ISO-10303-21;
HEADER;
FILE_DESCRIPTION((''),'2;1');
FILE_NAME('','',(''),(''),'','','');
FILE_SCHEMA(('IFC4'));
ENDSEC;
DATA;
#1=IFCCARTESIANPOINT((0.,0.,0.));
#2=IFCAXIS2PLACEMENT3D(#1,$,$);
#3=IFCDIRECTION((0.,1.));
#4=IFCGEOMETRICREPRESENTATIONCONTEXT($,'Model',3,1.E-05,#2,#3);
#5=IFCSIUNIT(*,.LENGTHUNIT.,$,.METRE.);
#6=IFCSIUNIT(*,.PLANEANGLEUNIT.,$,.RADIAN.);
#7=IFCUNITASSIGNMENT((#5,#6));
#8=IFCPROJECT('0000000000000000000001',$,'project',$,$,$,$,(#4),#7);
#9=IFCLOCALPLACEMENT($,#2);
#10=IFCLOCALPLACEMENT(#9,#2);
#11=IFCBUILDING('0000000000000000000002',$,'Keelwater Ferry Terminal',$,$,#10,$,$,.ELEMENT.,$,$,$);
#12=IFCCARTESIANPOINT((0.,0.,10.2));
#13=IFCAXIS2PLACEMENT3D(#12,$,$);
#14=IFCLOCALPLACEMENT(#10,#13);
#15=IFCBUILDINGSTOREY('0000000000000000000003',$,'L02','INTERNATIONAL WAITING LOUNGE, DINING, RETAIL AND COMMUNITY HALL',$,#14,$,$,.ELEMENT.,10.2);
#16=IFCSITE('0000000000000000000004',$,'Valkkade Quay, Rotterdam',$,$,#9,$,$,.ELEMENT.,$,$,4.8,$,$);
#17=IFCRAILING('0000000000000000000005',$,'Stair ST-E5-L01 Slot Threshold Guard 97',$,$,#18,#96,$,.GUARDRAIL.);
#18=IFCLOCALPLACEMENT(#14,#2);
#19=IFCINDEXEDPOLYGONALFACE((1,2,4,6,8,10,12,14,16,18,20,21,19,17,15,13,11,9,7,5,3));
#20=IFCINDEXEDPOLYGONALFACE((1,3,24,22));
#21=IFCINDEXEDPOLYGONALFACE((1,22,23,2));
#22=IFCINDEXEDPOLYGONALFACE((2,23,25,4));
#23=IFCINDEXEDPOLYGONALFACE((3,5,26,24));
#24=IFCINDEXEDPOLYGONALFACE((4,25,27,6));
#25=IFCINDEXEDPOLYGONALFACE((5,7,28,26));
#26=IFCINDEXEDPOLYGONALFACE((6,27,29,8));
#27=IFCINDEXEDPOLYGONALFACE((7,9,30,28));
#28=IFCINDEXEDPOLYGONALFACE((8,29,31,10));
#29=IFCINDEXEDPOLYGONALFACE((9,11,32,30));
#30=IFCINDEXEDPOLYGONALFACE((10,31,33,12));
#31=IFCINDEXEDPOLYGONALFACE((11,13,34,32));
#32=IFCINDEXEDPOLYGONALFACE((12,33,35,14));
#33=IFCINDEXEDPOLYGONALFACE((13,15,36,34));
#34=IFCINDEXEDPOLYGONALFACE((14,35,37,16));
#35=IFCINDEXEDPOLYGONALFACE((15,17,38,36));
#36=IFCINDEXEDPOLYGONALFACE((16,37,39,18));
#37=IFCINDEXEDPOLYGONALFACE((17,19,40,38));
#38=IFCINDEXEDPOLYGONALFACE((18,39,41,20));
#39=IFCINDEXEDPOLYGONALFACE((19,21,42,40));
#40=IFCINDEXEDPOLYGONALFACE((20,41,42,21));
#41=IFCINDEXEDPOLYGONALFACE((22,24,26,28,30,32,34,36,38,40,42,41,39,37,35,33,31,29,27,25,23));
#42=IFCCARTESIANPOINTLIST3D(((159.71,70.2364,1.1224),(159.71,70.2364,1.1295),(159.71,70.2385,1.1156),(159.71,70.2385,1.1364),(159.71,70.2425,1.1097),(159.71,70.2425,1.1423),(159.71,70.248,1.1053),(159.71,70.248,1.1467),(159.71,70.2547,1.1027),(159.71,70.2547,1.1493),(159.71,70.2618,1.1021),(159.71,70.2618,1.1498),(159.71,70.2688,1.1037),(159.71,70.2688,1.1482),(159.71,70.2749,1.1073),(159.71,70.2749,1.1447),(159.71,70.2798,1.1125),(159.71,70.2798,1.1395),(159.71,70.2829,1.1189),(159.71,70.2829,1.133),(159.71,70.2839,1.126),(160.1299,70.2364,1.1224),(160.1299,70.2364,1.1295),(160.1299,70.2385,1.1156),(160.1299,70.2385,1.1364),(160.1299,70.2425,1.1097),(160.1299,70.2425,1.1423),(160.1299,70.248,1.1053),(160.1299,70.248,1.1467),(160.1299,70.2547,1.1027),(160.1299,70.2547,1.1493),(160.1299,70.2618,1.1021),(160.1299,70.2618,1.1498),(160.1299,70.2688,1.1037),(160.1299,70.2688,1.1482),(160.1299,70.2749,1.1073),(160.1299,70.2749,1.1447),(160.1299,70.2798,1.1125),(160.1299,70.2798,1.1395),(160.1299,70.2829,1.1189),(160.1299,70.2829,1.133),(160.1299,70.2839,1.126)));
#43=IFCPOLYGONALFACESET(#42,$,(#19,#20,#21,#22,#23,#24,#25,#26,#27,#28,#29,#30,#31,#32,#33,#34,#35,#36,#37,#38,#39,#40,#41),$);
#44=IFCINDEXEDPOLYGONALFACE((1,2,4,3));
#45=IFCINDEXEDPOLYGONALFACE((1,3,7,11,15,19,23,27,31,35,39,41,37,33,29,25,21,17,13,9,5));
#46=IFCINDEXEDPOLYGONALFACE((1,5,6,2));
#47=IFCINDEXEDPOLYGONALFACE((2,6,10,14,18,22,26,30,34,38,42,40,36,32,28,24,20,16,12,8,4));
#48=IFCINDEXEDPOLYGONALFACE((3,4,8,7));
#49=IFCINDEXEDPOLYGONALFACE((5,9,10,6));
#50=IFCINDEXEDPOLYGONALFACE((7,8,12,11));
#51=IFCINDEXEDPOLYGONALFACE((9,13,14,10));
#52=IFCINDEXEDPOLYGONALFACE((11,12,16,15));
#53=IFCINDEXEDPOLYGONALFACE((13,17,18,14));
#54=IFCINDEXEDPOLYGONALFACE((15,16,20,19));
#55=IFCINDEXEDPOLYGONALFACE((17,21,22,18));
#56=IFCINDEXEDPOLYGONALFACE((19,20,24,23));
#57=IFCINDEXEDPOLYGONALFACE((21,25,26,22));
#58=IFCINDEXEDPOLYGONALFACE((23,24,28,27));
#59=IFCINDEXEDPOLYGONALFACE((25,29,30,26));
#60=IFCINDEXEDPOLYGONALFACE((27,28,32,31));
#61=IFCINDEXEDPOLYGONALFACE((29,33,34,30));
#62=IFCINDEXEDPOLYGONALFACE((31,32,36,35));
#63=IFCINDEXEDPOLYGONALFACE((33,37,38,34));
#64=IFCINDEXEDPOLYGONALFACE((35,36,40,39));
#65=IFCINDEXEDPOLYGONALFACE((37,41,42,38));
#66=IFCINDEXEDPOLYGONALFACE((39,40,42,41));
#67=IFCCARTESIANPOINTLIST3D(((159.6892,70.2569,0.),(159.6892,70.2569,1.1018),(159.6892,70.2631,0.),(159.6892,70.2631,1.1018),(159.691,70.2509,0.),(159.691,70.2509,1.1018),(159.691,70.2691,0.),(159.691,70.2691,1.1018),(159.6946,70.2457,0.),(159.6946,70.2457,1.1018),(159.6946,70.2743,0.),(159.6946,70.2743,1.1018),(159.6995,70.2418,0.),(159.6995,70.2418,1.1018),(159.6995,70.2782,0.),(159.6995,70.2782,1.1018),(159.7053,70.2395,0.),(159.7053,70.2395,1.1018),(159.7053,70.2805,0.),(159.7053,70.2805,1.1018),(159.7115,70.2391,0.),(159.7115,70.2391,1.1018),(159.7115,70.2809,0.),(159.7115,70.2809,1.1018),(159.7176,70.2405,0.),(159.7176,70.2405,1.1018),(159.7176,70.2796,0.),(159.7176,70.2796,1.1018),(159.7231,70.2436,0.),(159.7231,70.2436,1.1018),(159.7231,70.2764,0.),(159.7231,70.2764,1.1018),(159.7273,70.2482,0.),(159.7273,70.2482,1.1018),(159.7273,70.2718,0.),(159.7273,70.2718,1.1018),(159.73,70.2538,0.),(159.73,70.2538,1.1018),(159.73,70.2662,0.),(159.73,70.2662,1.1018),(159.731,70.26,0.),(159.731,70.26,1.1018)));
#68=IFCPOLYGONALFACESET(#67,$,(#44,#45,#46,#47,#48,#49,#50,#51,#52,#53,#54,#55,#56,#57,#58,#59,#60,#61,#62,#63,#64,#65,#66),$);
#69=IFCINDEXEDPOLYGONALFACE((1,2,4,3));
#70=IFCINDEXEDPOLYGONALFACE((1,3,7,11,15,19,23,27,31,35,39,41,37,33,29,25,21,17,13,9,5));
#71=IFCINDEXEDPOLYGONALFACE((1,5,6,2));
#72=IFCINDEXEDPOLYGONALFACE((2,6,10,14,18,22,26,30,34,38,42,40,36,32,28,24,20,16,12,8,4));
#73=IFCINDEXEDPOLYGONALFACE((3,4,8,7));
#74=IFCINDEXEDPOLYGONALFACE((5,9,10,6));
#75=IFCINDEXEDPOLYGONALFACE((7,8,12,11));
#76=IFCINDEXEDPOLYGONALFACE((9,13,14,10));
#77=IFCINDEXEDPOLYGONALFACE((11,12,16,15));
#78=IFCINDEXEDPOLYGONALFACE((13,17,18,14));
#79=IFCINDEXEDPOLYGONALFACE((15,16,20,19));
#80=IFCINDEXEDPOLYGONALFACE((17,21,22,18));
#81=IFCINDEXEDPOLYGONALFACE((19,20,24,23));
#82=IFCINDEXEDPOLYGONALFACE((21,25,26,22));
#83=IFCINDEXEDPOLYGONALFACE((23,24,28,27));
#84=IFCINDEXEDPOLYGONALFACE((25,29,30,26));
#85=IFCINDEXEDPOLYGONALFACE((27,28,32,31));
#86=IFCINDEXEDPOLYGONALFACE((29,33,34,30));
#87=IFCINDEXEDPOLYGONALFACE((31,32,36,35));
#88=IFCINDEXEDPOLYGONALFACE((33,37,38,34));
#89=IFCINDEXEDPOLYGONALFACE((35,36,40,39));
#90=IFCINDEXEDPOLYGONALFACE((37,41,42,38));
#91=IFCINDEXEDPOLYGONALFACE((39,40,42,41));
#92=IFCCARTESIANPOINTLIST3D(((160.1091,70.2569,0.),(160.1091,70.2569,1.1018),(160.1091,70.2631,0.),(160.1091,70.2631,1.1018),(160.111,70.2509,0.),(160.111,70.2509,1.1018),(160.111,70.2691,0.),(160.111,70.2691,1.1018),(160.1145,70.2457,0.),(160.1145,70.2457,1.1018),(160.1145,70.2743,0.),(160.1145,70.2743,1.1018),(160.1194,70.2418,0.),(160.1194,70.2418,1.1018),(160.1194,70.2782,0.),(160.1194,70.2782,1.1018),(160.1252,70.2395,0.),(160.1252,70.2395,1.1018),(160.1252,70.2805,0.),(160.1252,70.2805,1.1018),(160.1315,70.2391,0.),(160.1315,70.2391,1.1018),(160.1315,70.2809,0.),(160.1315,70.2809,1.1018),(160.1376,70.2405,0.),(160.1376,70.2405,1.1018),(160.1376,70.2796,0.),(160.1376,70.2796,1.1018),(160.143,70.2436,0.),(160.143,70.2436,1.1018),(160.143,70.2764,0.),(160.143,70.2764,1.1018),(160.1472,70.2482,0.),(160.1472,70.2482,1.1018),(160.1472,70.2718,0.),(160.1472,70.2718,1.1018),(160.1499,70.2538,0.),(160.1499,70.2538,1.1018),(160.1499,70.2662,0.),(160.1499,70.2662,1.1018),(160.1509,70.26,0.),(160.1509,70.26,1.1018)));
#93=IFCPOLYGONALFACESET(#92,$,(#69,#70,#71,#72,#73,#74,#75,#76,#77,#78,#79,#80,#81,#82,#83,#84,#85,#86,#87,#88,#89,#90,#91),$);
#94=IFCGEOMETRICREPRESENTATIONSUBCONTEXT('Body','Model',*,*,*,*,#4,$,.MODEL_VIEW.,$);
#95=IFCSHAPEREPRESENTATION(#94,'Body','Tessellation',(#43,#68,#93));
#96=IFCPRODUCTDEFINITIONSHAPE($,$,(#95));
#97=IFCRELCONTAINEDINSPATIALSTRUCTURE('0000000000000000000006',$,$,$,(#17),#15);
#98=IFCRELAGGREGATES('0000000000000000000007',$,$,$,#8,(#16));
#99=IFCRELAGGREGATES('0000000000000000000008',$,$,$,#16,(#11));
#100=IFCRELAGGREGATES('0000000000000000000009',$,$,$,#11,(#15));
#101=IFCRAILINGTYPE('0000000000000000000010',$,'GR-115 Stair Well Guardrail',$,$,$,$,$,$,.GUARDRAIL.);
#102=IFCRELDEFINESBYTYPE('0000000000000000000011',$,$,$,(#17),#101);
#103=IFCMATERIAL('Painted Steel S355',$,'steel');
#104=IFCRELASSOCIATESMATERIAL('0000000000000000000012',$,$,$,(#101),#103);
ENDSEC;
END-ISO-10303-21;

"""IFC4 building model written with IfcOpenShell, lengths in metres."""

from ifc_helpers import new_model, si_unit, direction, frame, origin, origin_2d, place, context, subcontext, project, spatial, circle, extrude, material, type_object, element, save


model = new_model("IFC4")

# Units and contexts
model_context = context("Model", 3, precision=1e-05, world=origin(), true_north=direction((0.0, 1.0)))
body_context = subcontext(model_context, "Body", "Model", "MODEL_VIEW")
ifc_project = project(units=[si_unit("LENGTHUNIT", "METRE"), si_unit("PLANEANGLEUNIT", "RADIAN")], contexts=[model_context])

# Site, building, storey
site_placement = place(None, origin())
site = spatial("IfcSite", under=ifc_project, at=site_placement, Name="Valkkade Quay, Rotterdam", CompositionType="ELEMENT", RefElevation=4.8)
building_placement = place(site_placement, origin())
building = spatial("IfcBuilding", under=site, at=building_placement, Name="Keelwater Ferry Terminal", CompositionType="ELEMENT")
storey_placement = place(building_placement, frame((0.0, 0.0, 10.2)))
storey = spatial("IfcBuildingStorey", under=building, at=storey_placement, Name="L02", Description="INTERNATIONAL WAITING LOUNGE, DINING, RETAIL AND COMMUNITY HALL", CompositionType="ELEMENT", Elevation=10.2)

# Railing
ifc_material_1 = material(Name="Painted Steel S355", Category="steel")
railing_type_1 = type_object("IfcRailingType", Name="GR-115 Stair Well Guardrail", PredefinedType="GUARDRAIL", material=ifc_material_1)
railing_1_placement = place(storey_placement, frame((159.71, 70.26, 0.0)))
element("IfcRailing", 1, at=railing_1_placement, inside=storey, type_object=railing_type_1, Name="Stair ST-E5-L01 Slot Threshold Guard 97", PredefinedType="GUARDRAIL", context=body_context, shape_type="SweptSolid", body=[
    extrude(circle(Radius=0.0239, at=origin_2d()), frame((0.0, 0.0, 1.126), z_axis=(1.0, 0.0, 0.0), x_axis=(0.0, 1.0, 0.0)), (0.0, 0.0, 1.0), 0.4199),
    extrude(circle(Radius=0.021, at=origin_2d()), origin(), (0.0, 0.0, 1.0), 1.1018),
    extrude(circle(Radius=0.021, at=origin_2d()), frame((0.4199, 0.0, 0.0)), (0.0, 0.0, 1.0), 1.1018),
])

save(model, "model.ifc")
